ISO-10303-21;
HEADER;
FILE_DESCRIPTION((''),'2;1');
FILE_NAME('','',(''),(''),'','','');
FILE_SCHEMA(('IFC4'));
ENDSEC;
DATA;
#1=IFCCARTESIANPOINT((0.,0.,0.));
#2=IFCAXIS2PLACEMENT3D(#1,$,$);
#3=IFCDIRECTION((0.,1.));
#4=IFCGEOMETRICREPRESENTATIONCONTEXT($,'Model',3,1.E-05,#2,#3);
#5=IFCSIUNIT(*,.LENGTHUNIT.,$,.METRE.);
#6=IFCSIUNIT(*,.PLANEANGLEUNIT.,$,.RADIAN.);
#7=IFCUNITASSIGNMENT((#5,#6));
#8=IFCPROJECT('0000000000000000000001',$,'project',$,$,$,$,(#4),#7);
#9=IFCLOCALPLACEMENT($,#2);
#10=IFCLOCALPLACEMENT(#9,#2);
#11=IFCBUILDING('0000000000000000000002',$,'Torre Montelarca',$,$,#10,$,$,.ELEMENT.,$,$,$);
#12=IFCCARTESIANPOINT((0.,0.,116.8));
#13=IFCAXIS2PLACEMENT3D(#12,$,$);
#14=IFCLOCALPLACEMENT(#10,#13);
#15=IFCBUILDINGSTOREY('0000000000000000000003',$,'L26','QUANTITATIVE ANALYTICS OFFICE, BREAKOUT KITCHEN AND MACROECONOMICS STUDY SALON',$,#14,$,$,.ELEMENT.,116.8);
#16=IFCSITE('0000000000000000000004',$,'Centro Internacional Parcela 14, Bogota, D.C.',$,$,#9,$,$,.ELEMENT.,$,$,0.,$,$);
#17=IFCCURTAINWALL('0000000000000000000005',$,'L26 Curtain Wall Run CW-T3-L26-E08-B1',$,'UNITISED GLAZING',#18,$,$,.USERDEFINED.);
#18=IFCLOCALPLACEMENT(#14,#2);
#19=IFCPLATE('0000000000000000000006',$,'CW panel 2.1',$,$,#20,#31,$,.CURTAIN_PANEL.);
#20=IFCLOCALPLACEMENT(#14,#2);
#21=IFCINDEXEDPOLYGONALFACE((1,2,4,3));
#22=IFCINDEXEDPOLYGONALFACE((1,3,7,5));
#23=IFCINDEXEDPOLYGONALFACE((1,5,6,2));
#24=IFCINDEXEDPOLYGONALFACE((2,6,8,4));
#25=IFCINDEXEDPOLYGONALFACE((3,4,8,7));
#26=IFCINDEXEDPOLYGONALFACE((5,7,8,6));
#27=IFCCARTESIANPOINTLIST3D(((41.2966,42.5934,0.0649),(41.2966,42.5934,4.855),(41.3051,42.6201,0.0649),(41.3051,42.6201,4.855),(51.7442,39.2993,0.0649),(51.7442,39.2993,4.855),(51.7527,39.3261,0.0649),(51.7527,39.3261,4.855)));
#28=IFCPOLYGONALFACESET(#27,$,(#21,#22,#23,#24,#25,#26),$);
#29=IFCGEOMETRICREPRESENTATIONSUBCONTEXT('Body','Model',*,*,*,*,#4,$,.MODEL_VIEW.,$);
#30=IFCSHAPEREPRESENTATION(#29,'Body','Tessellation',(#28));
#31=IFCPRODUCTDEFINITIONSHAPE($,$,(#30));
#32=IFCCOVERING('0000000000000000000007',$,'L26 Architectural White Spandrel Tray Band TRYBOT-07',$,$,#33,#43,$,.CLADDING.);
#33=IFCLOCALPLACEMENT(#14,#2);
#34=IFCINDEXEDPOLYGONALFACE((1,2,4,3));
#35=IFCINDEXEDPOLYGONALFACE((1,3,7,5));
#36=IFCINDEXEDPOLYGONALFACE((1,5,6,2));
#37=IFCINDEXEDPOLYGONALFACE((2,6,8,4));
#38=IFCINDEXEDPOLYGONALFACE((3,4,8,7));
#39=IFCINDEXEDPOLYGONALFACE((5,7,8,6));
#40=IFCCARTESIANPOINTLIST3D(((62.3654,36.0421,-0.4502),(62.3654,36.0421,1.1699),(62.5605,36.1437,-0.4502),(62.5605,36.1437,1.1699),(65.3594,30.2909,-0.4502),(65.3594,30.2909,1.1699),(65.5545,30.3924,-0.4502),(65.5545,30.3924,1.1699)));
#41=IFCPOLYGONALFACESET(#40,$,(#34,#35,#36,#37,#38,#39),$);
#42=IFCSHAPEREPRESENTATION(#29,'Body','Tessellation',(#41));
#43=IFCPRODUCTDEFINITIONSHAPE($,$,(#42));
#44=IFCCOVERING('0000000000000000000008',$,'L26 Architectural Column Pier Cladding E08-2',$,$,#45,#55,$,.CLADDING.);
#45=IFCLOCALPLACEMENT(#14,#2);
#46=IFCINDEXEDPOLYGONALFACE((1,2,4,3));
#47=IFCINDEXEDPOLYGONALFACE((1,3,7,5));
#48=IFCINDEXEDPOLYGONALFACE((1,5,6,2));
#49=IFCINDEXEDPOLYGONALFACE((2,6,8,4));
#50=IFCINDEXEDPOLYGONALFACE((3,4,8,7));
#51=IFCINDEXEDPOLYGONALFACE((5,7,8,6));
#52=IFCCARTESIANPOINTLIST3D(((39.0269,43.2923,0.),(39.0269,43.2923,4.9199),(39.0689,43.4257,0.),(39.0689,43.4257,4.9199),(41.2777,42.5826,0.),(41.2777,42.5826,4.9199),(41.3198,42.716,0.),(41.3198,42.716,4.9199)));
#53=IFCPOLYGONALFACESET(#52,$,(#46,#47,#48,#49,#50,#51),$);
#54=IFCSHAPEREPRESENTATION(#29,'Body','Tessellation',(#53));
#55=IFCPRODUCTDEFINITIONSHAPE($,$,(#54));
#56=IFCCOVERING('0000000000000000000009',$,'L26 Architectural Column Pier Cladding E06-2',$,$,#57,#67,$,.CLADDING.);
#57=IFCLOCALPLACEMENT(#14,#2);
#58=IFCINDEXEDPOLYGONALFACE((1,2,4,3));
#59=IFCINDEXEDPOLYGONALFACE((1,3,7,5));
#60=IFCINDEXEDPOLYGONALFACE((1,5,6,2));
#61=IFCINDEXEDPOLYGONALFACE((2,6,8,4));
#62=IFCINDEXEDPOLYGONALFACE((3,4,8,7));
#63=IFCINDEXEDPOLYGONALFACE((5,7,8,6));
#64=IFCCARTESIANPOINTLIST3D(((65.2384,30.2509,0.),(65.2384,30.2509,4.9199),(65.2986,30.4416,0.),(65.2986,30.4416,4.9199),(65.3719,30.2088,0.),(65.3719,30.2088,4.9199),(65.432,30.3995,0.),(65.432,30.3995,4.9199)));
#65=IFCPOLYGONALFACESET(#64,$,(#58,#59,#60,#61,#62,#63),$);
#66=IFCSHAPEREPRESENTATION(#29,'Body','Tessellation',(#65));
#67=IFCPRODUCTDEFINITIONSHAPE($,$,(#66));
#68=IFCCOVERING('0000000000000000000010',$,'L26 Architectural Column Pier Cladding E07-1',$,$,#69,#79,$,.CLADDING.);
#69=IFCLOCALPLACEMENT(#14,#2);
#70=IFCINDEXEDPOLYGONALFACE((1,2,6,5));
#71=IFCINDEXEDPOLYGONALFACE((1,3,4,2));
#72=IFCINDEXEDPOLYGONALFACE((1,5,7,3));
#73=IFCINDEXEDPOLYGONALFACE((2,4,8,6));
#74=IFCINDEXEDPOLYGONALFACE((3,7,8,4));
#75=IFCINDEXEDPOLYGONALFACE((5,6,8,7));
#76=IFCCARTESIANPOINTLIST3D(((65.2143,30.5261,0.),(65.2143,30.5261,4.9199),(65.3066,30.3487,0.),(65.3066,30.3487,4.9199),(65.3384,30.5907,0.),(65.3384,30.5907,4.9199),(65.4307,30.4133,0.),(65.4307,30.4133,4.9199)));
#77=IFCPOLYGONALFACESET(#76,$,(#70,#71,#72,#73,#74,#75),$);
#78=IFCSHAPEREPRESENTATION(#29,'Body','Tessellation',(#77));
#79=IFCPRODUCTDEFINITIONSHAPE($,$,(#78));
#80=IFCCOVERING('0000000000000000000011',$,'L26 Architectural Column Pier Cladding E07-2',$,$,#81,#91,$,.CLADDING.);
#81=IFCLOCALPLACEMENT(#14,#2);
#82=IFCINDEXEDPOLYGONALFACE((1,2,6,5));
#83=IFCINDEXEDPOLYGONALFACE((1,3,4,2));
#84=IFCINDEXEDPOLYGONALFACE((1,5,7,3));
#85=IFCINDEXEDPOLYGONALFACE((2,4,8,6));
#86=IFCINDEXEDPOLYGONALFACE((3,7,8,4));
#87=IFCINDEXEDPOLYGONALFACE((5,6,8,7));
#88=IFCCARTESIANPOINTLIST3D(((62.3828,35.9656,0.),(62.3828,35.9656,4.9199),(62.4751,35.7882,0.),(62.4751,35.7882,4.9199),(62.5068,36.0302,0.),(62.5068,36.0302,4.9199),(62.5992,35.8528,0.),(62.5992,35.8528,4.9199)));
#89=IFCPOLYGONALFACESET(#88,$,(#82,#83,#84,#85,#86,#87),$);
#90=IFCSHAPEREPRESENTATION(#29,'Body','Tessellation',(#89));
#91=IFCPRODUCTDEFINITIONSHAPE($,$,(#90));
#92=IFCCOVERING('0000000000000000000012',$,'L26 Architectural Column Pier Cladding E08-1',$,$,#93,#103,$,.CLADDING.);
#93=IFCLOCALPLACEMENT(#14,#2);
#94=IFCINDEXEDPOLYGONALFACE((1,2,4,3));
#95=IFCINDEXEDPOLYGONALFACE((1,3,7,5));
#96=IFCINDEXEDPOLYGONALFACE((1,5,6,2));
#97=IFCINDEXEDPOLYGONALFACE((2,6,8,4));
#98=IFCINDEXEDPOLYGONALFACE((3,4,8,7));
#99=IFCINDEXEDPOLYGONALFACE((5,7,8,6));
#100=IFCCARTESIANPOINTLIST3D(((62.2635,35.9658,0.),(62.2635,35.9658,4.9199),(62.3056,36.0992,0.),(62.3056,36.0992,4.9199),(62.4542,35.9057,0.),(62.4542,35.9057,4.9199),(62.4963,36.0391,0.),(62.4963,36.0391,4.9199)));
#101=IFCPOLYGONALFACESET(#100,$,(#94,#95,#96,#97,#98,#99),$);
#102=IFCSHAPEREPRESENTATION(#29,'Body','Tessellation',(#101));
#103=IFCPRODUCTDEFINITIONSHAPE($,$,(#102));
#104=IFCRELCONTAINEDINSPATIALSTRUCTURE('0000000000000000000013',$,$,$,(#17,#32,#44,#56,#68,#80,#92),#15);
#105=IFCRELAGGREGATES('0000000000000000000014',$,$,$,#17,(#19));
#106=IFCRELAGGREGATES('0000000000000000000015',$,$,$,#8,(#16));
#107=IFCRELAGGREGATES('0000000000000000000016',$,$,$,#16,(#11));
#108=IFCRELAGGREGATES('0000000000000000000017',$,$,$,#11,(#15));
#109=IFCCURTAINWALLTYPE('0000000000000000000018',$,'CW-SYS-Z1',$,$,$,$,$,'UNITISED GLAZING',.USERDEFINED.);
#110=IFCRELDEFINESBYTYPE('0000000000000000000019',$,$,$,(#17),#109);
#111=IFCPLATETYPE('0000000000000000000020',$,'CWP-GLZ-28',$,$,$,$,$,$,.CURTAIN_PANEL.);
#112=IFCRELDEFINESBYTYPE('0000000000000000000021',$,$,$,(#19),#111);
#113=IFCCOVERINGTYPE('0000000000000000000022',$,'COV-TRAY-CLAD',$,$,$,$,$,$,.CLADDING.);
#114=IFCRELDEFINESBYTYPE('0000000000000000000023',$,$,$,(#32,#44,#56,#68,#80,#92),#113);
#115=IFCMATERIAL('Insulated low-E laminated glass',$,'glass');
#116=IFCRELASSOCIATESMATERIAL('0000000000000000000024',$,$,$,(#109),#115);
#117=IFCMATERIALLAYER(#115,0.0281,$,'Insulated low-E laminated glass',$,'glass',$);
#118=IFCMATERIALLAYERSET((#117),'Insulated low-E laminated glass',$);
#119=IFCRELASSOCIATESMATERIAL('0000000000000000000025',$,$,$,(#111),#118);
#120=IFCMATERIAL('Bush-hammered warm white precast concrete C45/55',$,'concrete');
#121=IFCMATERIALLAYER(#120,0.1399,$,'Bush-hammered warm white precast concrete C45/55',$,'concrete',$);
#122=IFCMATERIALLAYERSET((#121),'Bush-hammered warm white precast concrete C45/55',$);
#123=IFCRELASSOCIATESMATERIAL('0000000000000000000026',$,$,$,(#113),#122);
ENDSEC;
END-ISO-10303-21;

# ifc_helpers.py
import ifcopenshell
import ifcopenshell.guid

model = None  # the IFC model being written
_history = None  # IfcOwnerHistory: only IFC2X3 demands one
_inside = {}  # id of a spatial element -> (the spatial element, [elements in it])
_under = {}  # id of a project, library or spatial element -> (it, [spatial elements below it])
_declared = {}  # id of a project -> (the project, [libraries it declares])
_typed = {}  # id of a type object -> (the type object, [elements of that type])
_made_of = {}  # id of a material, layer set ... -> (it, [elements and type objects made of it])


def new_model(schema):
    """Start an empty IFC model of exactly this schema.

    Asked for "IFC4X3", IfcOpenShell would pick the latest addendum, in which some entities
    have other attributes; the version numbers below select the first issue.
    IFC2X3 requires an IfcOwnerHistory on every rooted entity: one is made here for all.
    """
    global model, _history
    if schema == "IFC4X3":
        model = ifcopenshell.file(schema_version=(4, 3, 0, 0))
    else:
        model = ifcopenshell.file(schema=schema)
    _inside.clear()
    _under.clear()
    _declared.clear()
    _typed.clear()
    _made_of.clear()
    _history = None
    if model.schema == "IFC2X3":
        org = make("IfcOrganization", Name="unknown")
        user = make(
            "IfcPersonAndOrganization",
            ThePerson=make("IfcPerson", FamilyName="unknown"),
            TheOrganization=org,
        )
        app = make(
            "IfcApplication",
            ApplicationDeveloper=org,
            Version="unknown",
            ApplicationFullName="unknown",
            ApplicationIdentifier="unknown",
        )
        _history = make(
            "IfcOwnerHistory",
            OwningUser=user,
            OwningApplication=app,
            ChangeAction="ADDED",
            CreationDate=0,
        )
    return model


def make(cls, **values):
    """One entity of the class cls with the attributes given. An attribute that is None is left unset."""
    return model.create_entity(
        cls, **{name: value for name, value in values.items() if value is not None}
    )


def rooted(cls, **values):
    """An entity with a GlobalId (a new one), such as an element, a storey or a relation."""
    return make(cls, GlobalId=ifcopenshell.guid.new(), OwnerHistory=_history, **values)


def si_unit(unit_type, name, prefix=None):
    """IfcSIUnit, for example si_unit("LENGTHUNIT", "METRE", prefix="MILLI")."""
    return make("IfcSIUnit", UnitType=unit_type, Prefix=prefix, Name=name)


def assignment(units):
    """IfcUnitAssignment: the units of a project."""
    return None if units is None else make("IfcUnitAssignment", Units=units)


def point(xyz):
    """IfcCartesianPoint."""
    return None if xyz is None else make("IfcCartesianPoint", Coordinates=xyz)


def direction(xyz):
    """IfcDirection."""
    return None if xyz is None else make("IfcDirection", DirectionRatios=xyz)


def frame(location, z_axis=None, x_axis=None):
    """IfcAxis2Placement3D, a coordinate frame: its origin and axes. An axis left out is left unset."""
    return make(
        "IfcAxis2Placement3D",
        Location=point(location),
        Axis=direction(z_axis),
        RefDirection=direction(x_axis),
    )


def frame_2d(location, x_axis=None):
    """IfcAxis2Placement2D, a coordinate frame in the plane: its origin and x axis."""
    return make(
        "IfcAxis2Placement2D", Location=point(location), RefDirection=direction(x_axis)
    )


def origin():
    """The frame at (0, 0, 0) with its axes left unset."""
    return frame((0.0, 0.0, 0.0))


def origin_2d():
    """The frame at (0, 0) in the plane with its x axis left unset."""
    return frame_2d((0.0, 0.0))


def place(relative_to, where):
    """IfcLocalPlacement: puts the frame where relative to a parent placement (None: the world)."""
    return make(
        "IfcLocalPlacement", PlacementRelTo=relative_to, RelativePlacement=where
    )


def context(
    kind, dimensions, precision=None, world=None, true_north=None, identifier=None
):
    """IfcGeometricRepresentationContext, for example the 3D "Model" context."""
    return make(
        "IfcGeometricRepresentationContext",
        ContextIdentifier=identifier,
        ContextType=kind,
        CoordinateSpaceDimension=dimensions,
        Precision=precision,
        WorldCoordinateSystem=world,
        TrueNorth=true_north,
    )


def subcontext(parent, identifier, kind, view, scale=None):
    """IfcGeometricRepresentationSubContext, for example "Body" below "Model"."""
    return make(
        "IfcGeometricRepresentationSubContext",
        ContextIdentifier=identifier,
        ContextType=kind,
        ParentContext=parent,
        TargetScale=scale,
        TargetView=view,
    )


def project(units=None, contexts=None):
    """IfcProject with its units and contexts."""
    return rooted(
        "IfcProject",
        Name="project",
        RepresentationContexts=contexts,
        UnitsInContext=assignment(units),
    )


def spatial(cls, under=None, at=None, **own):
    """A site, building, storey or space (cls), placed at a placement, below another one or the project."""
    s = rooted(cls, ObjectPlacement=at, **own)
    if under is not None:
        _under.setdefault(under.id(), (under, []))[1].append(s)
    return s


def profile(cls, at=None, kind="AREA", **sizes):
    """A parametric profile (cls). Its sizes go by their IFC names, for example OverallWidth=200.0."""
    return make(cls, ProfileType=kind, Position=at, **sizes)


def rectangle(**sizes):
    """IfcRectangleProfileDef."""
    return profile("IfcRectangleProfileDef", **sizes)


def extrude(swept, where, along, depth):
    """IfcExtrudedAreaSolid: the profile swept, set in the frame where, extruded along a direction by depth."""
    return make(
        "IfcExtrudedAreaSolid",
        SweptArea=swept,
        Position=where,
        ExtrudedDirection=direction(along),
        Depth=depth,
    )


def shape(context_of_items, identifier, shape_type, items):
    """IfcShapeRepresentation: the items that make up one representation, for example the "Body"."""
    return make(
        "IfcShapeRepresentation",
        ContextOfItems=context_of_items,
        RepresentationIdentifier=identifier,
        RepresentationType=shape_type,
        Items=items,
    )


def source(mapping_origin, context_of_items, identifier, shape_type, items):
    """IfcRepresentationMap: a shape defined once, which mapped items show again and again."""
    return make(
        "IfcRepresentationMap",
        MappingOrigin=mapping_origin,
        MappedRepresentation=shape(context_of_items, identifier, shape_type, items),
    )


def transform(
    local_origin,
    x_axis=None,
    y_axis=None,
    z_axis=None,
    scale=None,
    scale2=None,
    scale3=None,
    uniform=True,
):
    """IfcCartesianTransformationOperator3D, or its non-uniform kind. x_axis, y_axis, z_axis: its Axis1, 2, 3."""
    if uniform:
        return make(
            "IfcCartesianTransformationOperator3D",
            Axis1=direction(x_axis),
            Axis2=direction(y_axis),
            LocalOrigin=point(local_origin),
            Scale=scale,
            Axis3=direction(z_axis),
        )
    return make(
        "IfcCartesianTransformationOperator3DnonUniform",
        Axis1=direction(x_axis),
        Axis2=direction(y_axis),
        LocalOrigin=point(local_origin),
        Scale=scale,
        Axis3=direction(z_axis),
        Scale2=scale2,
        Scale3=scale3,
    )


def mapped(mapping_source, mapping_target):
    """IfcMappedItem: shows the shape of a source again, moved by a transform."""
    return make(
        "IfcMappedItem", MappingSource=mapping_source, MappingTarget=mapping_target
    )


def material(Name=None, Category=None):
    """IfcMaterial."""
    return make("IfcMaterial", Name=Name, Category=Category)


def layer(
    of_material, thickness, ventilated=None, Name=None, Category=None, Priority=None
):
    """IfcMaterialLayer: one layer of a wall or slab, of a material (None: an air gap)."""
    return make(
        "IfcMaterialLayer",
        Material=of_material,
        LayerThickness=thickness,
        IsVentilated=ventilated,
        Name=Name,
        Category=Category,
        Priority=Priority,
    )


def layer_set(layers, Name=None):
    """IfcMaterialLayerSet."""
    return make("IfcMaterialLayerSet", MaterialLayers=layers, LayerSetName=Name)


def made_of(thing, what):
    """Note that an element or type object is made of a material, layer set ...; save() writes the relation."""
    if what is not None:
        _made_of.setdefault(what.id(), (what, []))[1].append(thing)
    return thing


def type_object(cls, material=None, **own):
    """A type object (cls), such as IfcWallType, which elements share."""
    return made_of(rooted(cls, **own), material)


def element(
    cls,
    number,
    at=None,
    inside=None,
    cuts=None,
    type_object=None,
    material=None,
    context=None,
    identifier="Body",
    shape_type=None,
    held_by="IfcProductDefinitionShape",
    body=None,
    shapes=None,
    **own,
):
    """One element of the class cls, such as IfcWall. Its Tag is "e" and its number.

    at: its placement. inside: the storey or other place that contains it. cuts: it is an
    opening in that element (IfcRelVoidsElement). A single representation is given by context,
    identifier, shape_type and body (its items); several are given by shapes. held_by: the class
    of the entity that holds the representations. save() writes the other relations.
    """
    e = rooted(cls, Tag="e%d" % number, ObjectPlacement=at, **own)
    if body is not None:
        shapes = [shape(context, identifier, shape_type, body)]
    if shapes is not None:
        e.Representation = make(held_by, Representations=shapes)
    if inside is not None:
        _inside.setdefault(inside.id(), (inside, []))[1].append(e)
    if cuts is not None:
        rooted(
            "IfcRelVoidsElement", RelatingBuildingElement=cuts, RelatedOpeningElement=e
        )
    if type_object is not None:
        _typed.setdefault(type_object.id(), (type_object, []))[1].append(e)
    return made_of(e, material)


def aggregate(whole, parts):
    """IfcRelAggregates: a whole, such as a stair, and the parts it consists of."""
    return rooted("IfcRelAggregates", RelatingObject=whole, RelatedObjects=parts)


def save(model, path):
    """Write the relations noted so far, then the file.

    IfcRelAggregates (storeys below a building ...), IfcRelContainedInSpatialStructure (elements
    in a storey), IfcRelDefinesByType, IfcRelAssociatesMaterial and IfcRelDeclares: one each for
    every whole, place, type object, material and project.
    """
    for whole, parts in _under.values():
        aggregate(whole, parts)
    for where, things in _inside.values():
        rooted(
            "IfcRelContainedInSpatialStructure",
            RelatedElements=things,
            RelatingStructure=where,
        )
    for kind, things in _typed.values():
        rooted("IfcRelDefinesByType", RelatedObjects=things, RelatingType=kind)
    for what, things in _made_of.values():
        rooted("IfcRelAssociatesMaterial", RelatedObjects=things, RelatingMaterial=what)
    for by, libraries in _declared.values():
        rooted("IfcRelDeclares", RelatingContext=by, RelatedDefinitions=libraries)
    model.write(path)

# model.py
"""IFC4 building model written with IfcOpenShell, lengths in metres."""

from ifc_helpers import new_model, si_unit, direction, frame, origin, origin_2d, place, context, subcontext, project, spatial, rectangle, extrude, source, transform, mapped, material, layer, layer_set, type_object, element, aggregate, save


model = new_model("IFC4")

# Units and contexts
model_context = context("Model", 3, precision=1e-05, world=origin(), true_north=direction((0.0, 1.0)))
body_context = subcontext(model_context, "Body", "Model", "MODEL_VIEW")
ifc_project = project(units=[si_unit("LENGTHUNIT", "METRE"), si_unit("PLANEANGLEUNIT", "RADIAN")], contexts=[model_context])

# Site, building, storey
site_placement = place(None, origin())
site = spatial("IfcSite", under=ifc_project, at=site_placement, Name="Centro Internacional Parcela 14, Bogota, D.C.", CompositionType="ELEMENT", RefElevation=0.0)
building_placement = place(site_placement, origin())
building = spatial("IfcBuilding", under=site, at=building_placement, Name="Torre Montelarca", CompositionType="ELEMENT")
storey_placement = place(building_placement, frame((0.0, 0.0, 116.8)))
storey = spatial("IfcBuildingStorey", under=building, at=storey_placement, Name="L26", Description="QUANTITATIVE ANALYTICS OFFICE, BREAKOUT KITCHEN AND MACROECONOMICS STUDY SALON", CompositionType="ELEMENT", Elevation=116.8)

# Curtain wall
ifc_material_1 = material(Name="Insulated low-E laminated glass", Category="glass")
curtain_wall_type = type_object("IfcCurtainWallType", Name="CW-SYS-Z1", ElementType="UNITISED GLAZING", PredefinedType="USERDEFINED", material=ifc_material_1)
curtain_wall_1_placement = place(storey_placement, origin())
curtain_wall_1 = element("IfcCurtainWall", 1, at=curtain_wall_1_placement, inside=storey, type_object=curtain_wall_type, Name="L26 Curtain Wall Run CW-T3-L26-E08-B1", ObjectType="UNITISED GLAZING", PredefinedType="USERDEFINED")

# Plate
ifc_layer_1 = layer(ifc_material_1, 0.0281, Name="Insulated low-E laminated glass", Category="glass")
ifc_layer_set_1 = layer_set([ifc_layer_1], Name="Insulated low-E laminated glass")
plate_type = type_object("IfcPlateType", Name="CWP-GLZ-28", PredefinedType="CURTAIN_PANEL", material=ifc_layer_set_1)
shared_shape_1 = source(origin(), body_context, "Body", "SweptSolid", [
    extrude(rectangle(XDim=10.9546, YDim=0.0281, at=origin_2d()), origin(), (0.0, 0.0, 1.0), 4.79),
])
plate_1_placement = place(storey_placement, frame((46.5247, 40.9597, 0.0649), z_axis=(0.0, 0.0, 1.0), x_axis=(-0.953718, 0.300703, 0.0)))
plate_1 = element("IfcPlate", 2, at=plate_1_placement, type_object=plate_type, Name="CW panel 2.1", PredefinedType="CURTAIN_PANEL", context=body_context, shape_type="MappedRepresentation", body=[
    mapped(shared_shape_1, transform((0.0, 0.0, 0.0), scale=1.0)),
])
aggregate(curtain_wall_1, [plate_1])

# Coverings
ifc_material_2 = material(Name="Bush-hammered warm white precast concrete C45/55", Category="concrete")
ifc_layer_2 = layer(ifc_material_2, 0.1399, Name="Bush-hammered warm white precast concrete C45/55", Category="concrete")
ifc_layer_set_2 = layer_set([ifc_layer_2], Name="Bush-hammered warm white precast concrete C45/55")
covering_type = type_object("IfcCoveringType", Name="COV-TRAY-CLAD", PredefinedType="CLADDING", material=ifc_layer_set_2)
shared_shape_2 = source(origin(), body_context, "Body", "SweptSolid", [
    extrude(rectangle(XDim=6.4839, YDim=0.22, at=origin_2d()), origin(), (0.0, 0.0, 1.0), 1.6201),
])
covering_1_placement = place(storey_placement, frame((63.96, 33.2173, -0.4502), z_axis=(0.0, 0.0, 1.0), x_axis=(-0.461755, 0.887008, 0.0)))
element("IfcCovering", 3, at=covering_1_placement, inside=storey, type_object=covering_type, Name="L26 Architectural White Spandrel Tray Band TRYBOT-07", PredefinedType="CLADDING", context=body_context, shape_type="MappedRepresentation", body=[
    mapped(shared_shape_2, transform((0.0, 0.0, 0.0), scale=1.0)),
])
shared_shape_3 = source(origin(), body_context, "Body", "SweptSolid", [
    extrude(rectangle(XDim=2.3601, YDim=0.1399, at=origin_2d()), origin(), (0.0, 0.0, 1.0), 4.9199),
])
covering_2_placement = place(storey_placement, frame((40.1733, 43.0042, 0.0), z_axis=(0.0, 0.0, 1.0), x_axis=(-0.953717, 0.300704, 0.0)))
element("IfcCovering", 4, at=covering_2_placement, inside=storey, type_object=covering_type, Name="L26 Architectural Column Pier Cladding E08-2", PredefinedType="CLADDING", context=body_context, shape_type="MappedRepresentation", body=[
    mapped(shared_shape_3, transform((0.0, 0.0, 0.0), scale=1.0)),
])
shared_shape_4 = source(origin(), body_context, "Body", "SweptSolid", [
    extrude(rectangle(XDim=0.2, YDim=0.1399, at=origin_2d()), origin(), (0.0, 0.0, 1.0), 4.9199),
])
for number, where, z_axis, x_axis, name in (
    (5, (65.3352, 30.3252, 0.0), (0.0, 0.0, 1.0), (0.300707, 0.953716, 0.0), "L26 Architectural Column Pier Cladding E06-2"),
    (6, (65.3225, 30.4697, 0.0), (0.0, 0.0, 1.0), (-0.461749, 0.887011, 0.0), "L26 Architectural Column Pier Cladding E07-1"),
    (7, (62.491, 35.9092, 0.0), (0.0, 0.0, 1.0), (-0.461749, 0.887011, 0.0), "L26 Architectural Column Pier Cladding E07-2"),
    (8, (62.3799, 36.0024, 0.0), (0.0, 0.0, 1.0), (-0.953717, 0.300704, 0.0), "L26 Architectural Column Pier Cladding E08-1"),
):
    element("IfcCovering", number, at=place(storey_placement, frame(where, z_axis=z_axis, x_axis=x_axis)), inside=storey, type_object=covering_type, Name=name, PredefinedType="CLADDING", context=body_context, shape_type="MappedRepresentation", body=[
        mapped(shared_shape_4, transform((0.0, 0.0, 0.0), scale=1.0)),
    ])

save(model, "model.ifc")
